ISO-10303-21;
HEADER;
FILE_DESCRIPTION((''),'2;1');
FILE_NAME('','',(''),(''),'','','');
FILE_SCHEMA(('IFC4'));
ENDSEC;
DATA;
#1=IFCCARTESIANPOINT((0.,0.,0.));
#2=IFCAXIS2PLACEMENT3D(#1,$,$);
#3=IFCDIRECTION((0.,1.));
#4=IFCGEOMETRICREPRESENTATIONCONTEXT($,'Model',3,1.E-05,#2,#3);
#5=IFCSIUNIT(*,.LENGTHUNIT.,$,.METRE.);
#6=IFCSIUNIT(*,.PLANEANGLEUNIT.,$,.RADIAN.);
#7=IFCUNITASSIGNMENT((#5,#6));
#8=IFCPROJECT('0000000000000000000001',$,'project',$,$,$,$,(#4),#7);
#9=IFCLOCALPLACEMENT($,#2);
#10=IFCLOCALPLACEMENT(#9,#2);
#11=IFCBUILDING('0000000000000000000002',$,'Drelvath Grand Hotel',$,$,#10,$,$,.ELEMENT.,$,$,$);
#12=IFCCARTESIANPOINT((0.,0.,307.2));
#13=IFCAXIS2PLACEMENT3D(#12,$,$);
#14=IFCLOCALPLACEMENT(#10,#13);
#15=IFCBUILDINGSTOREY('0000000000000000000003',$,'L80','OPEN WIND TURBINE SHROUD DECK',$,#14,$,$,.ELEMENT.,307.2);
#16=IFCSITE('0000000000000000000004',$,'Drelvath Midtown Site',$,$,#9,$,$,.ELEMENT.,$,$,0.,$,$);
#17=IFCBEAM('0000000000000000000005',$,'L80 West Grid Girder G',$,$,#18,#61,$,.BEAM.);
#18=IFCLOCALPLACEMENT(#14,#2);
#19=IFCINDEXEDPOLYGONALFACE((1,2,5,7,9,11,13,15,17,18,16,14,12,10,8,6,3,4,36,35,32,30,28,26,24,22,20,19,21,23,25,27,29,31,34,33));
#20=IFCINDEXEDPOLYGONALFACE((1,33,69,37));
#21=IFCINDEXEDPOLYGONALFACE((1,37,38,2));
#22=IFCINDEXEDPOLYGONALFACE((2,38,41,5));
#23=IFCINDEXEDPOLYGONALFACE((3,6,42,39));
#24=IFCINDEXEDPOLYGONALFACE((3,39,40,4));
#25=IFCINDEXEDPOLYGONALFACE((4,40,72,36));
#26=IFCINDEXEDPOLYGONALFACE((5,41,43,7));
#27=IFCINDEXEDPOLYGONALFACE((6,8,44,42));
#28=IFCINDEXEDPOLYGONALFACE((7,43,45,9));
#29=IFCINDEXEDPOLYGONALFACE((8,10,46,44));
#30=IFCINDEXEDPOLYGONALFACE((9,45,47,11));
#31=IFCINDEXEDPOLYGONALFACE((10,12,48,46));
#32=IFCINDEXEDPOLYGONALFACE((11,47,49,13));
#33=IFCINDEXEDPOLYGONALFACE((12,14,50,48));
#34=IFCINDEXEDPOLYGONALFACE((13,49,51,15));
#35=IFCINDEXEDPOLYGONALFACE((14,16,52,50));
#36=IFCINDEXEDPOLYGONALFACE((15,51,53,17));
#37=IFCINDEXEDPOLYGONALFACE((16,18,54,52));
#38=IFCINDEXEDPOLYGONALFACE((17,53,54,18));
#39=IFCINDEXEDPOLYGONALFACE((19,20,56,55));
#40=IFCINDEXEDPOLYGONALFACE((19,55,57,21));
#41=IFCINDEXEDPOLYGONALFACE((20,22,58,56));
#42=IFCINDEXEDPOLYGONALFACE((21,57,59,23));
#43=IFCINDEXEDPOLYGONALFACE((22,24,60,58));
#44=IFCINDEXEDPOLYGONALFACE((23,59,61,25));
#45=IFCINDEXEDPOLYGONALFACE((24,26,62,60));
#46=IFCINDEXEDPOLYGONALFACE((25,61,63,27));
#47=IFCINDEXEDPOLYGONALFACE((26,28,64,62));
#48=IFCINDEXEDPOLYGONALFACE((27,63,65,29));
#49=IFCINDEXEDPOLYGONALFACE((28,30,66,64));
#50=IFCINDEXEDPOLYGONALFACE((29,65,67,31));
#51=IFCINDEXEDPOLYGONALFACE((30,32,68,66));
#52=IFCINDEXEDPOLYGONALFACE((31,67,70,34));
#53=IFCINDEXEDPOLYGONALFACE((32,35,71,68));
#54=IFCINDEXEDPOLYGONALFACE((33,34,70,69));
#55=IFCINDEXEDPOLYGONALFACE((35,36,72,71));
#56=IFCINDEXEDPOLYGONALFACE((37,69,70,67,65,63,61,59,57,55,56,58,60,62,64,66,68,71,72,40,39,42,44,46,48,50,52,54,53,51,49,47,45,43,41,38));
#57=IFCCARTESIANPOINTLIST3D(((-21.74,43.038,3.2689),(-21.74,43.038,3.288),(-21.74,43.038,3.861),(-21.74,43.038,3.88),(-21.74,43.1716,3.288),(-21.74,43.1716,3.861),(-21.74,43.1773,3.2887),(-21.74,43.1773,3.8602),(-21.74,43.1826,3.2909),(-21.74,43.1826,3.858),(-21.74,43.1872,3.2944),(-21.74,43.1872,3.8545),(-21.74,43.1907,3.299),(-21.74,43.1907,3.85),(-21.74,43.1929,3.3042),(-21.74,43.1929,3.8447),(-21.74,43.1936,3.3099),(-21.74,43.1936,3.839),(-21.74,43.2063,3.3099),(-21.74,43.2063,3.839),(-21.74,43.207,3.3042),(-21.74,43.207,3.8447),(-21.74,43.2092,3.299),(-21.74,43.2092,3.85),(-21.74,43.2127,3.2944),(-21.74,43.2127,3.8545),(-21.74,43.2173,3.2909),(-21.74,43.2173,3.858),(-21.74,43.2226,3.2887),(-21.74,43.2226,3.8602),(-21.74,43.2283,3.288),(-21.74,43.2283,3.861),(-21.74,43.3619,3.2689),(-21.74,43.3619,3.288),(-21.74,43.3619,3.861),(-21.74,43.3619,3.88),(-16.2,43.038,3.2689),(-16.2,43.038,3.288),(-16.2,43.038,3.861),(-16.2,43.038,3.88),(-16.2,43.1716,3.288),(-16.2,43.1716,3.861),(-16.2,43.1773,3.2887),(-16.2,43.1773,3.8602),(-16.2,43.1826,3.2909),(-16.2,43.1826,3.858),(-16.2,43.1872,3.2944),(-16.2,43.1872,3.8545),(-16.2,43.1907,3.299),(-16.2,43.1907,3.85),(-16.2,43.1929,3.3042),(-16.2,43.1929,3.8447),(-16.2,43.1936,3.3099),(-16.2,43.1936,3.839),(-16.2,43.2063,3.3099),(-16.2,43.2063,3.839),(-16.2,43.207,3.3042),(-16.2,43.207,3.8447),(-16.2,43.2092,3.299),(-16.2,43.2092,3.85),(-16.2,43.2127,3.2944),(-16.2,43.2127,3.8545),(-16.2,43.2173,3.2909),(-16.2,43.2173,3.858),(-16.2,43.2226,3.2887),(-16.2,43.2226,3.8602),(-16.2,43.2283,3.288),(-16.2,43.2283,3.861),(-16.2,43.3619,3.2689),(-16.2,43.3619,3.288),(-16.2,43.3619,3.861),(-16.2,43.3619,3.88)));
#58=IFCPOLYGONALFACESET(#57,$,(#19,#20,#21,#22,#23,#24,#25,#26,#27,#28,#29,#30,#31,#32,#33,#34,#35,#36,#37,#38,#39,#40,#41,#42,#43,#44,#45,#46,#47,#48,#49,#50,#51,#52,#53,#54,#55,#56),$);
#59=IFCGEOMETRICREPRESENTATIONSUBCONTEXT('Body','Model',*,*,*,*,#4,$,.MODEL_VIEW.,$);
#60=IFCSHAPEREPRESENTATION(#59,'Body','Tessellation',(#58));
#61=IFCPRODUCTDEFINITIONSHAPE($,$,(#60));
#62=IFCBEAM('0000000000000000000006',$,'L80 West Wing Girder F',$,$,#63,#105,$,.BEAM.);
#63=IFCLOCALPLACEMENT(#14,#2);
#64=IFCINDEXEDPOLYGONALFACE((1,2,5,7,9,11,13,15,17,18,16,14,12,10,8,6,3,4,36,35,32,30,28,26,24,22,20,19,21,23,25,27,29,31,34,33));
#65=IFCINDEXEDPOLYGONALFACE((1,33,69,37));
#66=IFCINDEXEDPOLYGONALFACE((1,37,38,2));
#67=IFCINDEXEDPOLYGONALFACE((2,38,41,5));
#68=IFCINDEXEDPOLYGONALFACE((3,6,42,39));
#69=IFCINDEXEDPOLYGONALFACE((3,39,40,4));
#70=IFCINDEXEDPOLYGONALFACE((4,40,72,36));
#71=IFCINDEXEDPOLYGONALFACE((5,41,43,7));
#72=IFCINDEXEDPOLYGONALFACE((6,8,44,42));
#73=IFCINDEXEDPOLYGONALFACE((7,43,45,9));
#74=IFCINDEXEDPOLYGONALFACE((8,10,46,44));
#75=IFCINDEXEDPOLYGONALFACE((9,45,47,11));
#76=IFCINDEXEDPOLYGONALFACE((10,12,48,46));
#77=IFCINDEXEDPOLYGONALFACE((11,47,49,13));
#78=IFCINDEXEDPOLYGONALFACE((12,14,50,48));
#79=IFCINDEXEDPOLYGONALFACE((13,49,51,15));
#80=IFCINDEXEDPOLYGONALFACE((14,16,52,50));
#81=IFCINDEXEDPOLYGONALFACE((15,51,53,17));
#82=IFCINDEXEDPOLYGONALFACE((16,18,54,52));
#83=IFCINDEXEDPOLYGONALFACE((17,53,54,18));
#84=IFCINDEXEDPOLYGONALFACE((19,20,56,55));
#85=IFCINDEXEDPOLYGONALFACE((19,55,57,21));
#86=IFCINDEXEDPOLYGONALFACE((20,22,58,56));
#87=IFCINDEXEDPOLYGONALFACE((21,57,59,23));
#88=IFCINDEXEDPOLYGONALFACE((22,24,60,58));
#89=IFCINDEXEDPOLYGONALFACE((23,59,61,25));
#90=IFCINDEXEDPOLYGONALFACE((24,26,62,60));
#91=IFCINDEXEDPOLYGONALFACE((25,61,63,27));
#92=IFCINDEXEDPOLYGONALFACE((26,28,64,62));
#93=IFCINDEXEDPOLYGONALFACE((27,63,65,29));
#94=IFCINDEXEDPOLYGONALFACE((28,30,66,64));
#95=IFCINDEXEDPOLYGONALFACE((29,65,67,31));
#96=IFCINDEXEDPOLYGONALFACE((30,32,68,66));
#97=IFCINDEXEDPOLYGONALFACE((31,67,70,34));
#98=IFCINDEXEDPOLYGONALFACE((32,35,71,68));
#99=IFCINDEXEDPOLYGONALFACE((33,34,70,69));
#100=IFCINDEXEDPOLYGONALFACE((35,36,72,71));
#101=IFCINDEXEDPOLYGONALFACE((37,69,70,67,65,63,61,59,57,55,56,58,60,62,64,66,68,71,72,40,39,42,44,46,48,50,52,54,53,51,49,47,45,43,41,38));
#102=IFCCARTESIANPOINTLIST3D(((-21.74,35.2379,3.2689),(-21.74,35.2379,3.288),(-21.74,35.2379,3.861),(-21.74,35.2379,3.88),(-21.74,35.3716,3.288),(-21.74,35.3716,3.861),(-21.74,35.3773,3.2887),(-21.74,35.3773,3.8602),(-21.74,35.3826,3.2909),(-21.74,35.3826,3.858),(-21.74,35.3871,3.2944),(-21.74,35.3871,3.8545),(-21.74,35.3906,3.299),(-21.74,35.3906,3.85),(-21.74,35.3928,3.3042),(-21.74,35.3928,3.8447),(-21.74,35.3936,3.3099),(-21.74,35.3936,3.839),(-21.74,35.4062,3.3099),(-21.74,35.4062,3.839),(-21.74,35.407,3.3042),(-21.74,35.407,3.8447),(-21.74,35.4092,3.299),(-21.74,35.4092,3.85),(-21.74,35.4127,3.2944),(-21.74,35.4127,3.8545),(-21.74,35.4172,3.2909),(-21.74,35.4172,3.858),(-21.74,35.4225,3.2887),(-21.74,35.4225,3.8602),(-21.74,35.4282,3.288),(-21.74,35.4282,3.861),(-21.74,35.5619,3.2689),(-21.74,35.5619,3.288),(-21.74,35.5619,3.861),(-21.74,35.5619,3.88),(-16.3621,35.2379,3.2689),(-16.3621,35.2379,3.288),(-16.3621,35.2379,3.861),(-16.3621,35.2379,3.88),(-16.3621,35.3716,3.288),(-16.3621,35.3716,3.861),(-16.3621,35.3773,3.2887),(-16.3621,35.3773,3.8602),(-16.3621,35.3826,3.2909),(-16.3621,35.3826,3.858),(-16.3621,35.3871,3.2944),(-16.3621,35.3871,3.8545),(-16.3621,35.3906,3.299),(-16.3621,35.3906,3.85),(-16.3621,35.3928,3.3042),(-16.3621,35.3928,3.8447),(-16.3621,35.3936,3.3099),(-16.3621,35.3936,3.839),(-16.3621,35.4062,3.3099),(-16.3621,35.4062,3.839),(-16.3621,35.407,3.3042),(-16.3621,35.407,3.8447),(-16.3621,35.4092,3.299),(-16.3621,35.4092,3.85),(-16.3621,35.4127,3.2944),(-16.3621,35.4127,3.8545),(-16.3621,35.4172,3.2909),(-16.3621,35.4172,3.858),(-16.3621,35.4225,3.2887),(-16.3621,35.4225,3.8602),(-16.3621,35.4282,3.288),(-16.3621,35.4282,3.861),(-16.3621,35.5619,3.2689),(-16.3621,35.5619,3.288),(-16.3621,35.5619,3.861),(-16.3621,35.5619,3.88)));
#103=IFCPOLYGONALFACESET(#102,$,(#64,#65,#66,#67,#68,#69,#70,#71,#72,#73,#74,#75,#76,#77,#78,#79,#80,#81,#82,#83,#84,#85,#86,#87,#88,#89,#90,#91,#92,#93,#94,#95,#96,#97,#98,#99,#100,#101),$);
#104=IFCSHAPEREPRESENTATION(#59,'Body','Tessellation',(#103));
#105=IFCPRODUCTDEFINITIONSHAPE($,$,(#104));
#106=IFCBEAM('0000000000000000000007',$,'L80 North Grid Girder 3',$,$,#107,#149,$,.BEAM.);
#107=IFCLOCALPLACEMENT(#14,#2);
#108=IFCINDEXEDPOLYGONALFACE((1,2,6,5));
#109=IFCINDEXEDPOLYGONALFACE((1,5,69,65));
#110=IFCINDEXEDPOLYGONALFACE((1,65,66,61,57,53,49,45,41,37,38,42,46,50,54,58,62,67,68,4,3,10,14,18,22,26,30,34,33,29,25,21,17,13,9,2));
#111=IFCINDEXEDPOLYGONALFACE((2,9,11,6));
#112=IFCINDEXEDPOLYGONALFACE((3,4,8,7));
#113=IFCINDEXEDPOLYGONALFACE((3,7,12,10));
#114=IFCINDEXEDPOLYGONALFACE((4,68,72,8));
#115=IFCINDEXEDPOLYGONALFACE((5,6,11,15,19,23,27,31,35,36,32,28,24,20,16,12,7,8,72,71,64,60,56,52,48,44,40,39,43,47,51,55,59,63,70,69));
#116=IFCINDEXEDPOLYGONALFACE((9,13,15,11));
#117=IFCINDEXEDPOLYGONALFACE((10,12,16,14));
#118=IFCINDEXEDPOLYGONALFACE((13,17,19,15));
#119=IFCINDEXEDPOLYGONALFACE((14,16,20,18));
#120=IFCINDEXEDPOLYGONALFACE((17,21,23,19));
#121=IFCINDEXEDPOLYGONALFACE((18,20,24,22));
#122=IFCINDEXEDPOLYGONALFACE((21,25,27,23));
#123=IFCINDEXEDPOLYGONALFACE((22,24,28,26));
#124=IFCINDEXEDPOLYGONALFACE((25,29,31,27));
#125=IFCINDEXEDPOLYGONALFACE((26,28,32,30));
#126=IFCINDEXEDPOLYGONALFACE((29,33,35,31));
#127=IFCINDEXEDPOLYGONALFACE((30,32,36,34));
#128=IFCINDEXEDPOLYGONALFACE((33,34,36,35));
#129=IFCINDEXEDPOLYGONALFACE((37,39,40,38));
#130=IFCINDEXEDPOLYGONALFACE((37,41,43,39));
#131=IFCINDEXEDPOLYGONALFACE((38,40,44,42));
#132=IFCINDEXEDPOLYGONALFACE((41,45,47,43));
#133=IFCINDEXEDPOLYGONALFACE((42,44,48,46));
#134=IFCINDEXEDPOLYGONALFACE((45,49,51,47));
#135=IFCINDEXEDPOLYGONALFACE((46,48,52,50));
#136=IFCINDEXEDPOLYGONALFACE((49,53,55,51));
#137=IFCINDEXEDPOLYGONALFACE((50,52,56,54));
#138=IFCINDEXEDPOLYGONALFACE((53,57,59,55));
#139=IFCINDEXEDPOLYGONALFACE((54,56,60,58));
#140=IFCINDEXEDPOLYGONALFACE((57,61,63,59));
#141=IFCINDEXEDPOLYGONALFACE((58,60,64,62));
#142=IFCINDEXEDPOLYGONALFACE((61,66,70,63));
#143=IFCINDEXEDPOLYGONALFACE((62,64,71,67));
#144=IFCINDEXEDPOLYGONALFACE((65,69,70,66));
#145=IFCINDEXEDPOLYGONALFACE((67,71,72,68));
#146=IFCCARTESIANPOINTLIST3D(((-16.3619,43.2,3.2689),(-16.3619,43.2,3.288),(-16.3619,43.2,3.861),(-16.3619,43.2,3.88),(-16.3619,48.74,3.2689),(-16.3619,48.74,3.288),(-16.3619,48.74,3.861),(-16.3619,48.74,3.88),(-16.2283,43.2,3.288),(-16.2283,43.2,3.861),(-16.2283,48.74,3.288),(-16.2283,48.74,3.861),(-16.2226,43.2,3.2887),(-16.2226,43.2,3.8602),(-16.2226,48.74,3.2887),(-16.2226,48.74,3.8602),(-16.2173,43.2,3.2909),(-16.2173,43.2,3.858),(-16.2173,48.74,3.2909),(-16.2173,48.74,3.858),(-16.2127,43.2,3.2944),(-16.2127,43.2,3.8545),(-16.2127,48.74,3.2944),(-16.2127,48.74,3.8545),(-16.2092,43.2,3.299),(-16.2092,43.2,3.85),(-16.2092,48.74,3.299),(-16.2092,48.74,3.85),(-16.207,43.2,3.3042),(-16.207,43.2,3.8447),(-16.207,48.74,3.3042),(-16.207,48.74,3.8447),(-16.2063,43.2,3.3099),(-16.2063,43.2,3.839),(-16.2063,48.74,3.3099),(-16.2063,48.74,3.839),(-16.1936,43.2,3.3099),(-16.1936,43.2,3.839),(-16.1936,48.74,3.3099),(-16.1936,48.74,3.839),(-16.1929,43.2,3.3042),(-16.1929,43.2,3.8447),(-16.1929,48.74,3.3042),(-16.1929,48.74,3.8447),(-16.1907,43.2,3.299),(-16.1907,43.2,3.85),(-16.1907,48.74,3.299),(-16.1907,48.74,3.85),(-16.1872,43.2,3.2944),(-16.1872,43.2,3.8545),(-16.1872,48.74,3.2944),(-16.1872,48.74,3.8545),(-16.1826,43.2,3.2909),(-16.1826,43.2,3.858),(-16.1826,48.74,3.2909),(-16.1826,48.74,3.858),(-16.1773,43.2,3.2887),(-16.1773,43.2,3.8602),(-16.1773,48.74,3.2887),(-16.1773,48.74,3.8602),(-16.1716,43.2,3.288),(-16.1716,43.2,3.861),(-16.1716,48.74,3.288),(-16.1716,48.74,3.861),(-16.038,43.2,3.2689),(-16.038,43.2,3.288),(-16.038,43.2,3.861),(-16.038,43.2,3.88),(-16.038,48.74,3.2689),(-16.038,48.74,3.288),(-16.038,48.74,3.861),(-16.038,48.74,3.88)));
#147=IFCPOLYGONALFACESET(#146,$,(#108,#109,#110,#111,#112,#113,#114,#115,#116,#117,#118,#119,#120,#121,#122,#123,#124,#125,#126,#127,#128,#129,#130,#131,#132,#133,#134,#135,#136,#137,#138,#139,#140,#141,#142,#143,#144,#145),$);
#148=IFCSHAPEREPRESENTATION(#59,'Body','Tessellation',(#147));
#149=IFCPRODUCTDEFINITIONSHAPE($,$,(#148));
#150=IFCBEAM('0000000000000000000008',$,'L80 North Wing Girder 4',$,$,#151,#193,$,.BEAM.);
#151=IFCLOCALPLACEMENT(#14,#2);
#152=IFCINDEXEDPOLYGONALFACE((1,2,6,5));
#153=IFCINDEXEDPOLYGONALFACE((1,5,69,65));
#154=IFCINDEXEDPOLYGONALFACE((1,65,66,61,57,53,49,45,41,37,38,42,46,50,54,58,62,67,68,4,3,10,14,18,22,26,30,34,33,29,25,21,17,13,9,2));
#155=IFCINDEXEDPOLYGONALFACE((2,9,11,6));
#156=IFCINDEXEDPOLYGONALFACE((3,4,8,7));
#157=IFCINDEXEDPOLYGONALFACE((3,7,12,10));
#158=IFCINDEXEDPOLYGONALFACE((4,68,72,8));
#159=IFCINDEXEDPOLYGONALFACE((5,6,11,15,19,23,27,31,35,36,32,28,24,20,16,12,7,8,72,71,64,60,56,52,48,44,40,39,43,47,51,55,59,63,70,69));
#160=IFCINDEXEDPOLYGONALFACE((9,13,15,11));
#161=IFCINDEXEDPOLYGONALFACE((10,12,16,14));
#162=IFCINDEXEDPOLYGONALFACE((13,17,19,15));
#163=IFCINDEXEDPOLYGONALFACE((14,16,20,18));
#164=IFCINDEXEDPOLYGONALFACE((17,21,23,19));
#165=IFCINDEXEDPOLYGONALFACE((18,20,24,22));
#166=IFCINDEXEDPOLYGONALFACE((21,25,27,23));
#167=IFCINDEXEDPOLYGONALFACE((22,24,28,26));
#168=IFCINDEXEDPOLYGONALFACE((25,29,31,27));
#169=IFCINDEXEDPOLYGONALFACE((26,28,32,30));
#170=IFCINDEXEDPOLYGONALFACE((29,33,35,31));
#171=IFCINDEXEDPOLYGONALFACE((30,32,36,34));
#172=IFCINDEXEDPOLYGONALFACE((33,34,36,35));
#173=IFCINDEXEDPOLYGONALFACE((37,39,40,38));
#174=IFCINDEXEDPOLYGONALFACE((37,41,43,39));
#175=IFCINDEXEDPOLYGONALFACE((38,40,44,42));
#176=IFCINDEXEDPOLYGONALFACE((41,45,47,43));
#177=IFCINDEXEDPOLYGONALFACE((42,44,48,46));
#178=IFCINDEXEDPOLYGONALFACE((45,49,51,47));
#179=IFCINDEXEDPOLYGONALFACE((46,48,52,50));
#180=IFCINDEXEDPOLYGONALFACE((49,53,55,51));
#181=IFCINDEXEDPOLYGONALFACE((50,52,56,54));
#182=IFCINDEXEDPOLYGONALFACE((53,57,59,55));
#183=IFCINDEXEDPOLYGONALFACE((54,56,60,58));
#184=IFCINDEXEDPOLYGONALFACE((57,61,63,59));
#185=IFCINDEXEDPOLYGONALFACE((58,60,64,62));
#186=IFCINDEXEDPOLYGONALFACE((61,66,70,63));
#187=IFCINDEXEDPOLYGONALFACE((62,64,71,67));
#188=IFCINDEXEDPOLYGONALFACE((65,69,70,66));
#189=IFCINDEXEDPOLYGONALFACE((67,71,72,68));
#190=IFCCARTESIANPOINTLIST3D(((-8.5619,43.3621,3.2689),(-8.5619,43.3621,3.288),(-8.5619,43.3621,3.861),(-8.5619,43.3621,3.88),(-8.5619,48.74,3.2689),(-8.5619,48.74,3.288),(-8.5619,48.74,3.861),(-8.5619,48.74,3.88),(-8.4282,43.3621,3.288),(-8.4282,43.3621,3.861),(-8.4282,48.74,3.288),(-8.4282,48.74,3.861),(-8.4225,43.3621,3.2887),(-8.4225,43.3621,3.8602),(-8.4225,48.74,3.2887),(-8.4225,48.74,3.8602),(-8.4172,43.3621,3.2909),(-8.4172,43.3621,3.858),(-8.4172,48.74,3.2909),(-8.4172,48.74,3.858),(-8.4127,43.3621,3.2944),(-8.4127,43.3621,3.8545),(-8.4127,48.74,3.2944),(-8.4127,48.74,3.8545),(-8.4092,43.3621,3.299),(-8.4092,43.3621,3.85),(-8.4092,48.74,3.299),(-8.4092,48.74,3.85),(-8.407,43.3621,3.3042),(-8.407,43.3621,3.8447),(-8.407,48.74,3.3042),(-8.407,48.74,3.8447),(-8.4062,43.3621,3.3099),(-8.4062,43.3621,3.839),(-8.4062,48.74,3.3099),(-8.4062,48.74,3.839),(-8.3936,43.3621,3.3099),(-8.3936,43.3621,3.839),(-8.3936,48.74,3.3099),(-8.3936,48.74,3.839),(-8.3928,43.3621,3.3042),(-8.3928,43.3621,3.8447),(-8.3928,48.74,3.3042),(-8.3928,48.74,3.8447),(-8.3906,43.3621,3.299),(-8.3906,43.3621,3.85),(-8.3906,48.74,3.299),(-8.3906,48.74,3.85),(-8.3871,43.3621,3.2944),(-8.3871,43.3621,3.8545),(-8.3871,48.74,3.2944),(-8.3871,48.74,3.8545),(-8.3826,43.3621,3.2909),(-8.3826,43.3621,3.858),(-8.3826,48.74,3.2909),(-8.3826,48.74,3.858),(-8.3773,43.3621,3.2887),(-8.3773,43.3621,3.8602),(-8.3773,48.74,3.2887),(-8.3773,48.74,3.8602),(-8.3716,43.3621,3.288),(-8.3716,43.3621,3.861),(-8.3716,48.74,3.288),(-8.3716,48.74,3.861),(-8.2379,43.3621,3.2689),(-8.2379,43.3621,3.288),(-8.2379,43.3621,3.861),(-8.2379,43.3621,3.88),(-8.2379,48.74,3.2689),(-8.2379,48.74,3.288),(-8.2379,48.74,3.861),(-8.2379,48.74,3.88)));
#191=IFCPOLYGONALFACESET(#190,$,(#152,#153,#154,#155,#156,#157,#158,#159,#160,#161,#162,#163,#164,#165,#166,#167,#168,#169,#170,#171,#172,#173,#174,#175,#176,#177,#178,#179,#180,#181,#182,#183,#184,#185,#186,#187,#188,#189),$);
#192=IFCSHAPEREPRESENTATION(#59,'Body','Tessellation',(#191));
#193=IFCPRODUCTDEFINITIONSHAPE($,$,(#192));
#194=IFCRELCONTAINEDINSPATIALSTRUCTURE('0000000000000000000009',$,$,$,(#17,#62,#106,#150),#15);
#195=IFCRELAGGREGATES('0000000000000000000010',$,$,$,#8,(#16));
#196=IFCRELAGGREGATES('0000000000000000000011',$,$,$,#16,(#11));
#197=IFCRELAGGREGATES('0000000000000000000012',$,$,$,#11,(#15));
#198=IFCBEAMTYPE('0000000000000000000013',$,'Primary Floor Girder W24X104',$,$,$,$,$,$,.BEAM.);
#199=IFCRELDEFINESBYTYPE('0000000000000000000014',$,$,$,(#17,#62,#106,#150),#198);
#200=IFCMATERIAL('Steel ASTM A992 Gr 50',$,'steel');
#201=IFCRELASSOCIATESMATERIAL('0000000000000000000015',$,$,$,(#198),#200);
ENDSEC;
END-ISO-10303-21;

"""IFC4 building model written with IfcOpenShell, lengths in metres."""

from ifc_helpers import new_model, si_unit, direction, frame, origin, origin_2d, place, context, subcontext, project, spatial, i_section, extrude, material, material_profile, profile_set, type_object, element, save


model = new_model("IFC4")

# Units and contexts
model_context = context("Model", 3, precision=1e-05, world=origin(), true_north=direction((0.0, 1.0)))
body_context = subcontext(model_context, "Body", "Model", "MODEL_VIEW")
ifc_project = project(units=[si_unit("LENGTHUNIT", "METRE"), si_unit("PLANEANGLEUNIT", "RADIAN")], contexts=[model_context])

# Site, building, storey
site_placement = place(None, origin())
site = spatial("IfcSite", under=ifc_project, at=site_placement, Name="Drelvath Midtown Site", CompositionType="ELEMENT", RefElevation=0.0)
building_placement = place(site_placement, origin())
building = spatial("IfcBuilding", under=site, at=building_placement, Name="Drelvath Grand Hotel", CompositionType="ELEMENT")
storey_placement = place(building_placement, frame((0.0, 0.0, 307.2)))
storey = spatial("IfcBuildingStorey", under=building, at=storey_placement, Name="L80", Description="OPEN WIND TURBINE SHROUD DECK", CompositionType="ELEMENT", Elevation=307.2)

# Beams
ifc_material_1 = material(Name="Steel ASTM A992 Gr 50", Category="steel")
ifc_material_profile_1 = material_profile(ifc_material_1, i_section(OverallWidth=0.324, OverallDepth=0.6111, WebThickness=0.0127, FlangeThickness=0.019, FilletRadius=0.022, at=origin_2d()), Name="W24X104")
ifc_profile_set_1 = profile_set([ifc_material_profile_1], Name="Steel ASTM A992 Gr 50")
beam_type_1 = type_object("IfcBeamType", Name="Primary Floor Girder W24X104", PredefinedType="BEAM", material=ifc_profile_set_1)
beam_1_placement = place(storey_placement, frame((-21.74, 43.2, 3.5745), z_axis=(1.0, 0.0, 0.0), x_axis=(0.0, 1.0, 0.0)))
element("IfcBeam", 1, at=beam_1_placement, inside=storey, type_object=beam_type_1, Name="L80 West Grid Girder G", PredefinedType="BEAM", context=body_context, shape_type="SweptSolid", body=[
    extrude(i_section(OverallWidth=0.324, OverallDepth=0.6111, WebThickness=0.0127, FlangeThickness=0.019, FilletRadius=0.022, at=origin_2d()), origin(), (0.0, 0.0, 1.0), 5.54),
])
beam_2_placement = place(storey_placement, frame((-21.74, 35.3999, 3.5745), z_axis=(1.0, 0.0, 0.0), x_axis=(0.0, 1.0, 0.0)))
element("IfcBeam", 2, at=beam_2_placement, inside=storey, type_object=beam_type_1, Name="L80 West Wing Girder F", PredefinedType="BEAM", context=body_context, shape_type="SweptSolid", body=[
    extrude(i_section(OverallWidth=0.324, OverallDepth=0.6111, WebThickness=0.0127, FlangeThickness=0.019, FilletRadius=0.022, at=origin_2d()), origin(), (0.0, 0.0, 1.0), 5.3779),
])
beam_3_placement = place(storey_placement, frame((-16.2, 43.2, 3.5745), z_axis=(0.0, 1.0, 0.0), x_axis=(-1.0, 0.0, 0.0)))
element("IfcBeam", 3, at=beam_3_placement, inside=storey, type_object=beam_type_1, Name="L80 North Grid Girder 3", PredefinedType="BEAM", context=body_context, shape_type="SweptSolid", body=[
    extrude(i_section(OverallWidth=0.324, OverallDepth=0.6111, WebThickness=0.0127, FlangeThickness=0.019, FilletRadius=0.022, at=origin_2d()), origin(), (0.0, 0.0, 1.0), 5.54),
])
beam_4_placement = place(storey_placement, frame((-8.3999, 43.3621, 3.5745), z_axis=(0.0, 1.0, 0.0), x_axis=(-1.0, 0.0, 0.0)))
element("IfcBeam", 4, at=beam_4_placement, inside=storey, type_object=beam_type_1, Name="L80 North Wing Girder 4", PredefinedType="BEAM", context=body_context, shape_type="SweptSolid", body=[
    extrude(i_section(OverallWidth=0.324, OverallDepth=0.6111, WebThickness=0.0127, FlangeThickness=0.019, FilletRadius=0.022, at=origin_2d()), origin(), (0.0, 0.0, 1.0), 5.3779),
])

save(model, "model.ifc")
